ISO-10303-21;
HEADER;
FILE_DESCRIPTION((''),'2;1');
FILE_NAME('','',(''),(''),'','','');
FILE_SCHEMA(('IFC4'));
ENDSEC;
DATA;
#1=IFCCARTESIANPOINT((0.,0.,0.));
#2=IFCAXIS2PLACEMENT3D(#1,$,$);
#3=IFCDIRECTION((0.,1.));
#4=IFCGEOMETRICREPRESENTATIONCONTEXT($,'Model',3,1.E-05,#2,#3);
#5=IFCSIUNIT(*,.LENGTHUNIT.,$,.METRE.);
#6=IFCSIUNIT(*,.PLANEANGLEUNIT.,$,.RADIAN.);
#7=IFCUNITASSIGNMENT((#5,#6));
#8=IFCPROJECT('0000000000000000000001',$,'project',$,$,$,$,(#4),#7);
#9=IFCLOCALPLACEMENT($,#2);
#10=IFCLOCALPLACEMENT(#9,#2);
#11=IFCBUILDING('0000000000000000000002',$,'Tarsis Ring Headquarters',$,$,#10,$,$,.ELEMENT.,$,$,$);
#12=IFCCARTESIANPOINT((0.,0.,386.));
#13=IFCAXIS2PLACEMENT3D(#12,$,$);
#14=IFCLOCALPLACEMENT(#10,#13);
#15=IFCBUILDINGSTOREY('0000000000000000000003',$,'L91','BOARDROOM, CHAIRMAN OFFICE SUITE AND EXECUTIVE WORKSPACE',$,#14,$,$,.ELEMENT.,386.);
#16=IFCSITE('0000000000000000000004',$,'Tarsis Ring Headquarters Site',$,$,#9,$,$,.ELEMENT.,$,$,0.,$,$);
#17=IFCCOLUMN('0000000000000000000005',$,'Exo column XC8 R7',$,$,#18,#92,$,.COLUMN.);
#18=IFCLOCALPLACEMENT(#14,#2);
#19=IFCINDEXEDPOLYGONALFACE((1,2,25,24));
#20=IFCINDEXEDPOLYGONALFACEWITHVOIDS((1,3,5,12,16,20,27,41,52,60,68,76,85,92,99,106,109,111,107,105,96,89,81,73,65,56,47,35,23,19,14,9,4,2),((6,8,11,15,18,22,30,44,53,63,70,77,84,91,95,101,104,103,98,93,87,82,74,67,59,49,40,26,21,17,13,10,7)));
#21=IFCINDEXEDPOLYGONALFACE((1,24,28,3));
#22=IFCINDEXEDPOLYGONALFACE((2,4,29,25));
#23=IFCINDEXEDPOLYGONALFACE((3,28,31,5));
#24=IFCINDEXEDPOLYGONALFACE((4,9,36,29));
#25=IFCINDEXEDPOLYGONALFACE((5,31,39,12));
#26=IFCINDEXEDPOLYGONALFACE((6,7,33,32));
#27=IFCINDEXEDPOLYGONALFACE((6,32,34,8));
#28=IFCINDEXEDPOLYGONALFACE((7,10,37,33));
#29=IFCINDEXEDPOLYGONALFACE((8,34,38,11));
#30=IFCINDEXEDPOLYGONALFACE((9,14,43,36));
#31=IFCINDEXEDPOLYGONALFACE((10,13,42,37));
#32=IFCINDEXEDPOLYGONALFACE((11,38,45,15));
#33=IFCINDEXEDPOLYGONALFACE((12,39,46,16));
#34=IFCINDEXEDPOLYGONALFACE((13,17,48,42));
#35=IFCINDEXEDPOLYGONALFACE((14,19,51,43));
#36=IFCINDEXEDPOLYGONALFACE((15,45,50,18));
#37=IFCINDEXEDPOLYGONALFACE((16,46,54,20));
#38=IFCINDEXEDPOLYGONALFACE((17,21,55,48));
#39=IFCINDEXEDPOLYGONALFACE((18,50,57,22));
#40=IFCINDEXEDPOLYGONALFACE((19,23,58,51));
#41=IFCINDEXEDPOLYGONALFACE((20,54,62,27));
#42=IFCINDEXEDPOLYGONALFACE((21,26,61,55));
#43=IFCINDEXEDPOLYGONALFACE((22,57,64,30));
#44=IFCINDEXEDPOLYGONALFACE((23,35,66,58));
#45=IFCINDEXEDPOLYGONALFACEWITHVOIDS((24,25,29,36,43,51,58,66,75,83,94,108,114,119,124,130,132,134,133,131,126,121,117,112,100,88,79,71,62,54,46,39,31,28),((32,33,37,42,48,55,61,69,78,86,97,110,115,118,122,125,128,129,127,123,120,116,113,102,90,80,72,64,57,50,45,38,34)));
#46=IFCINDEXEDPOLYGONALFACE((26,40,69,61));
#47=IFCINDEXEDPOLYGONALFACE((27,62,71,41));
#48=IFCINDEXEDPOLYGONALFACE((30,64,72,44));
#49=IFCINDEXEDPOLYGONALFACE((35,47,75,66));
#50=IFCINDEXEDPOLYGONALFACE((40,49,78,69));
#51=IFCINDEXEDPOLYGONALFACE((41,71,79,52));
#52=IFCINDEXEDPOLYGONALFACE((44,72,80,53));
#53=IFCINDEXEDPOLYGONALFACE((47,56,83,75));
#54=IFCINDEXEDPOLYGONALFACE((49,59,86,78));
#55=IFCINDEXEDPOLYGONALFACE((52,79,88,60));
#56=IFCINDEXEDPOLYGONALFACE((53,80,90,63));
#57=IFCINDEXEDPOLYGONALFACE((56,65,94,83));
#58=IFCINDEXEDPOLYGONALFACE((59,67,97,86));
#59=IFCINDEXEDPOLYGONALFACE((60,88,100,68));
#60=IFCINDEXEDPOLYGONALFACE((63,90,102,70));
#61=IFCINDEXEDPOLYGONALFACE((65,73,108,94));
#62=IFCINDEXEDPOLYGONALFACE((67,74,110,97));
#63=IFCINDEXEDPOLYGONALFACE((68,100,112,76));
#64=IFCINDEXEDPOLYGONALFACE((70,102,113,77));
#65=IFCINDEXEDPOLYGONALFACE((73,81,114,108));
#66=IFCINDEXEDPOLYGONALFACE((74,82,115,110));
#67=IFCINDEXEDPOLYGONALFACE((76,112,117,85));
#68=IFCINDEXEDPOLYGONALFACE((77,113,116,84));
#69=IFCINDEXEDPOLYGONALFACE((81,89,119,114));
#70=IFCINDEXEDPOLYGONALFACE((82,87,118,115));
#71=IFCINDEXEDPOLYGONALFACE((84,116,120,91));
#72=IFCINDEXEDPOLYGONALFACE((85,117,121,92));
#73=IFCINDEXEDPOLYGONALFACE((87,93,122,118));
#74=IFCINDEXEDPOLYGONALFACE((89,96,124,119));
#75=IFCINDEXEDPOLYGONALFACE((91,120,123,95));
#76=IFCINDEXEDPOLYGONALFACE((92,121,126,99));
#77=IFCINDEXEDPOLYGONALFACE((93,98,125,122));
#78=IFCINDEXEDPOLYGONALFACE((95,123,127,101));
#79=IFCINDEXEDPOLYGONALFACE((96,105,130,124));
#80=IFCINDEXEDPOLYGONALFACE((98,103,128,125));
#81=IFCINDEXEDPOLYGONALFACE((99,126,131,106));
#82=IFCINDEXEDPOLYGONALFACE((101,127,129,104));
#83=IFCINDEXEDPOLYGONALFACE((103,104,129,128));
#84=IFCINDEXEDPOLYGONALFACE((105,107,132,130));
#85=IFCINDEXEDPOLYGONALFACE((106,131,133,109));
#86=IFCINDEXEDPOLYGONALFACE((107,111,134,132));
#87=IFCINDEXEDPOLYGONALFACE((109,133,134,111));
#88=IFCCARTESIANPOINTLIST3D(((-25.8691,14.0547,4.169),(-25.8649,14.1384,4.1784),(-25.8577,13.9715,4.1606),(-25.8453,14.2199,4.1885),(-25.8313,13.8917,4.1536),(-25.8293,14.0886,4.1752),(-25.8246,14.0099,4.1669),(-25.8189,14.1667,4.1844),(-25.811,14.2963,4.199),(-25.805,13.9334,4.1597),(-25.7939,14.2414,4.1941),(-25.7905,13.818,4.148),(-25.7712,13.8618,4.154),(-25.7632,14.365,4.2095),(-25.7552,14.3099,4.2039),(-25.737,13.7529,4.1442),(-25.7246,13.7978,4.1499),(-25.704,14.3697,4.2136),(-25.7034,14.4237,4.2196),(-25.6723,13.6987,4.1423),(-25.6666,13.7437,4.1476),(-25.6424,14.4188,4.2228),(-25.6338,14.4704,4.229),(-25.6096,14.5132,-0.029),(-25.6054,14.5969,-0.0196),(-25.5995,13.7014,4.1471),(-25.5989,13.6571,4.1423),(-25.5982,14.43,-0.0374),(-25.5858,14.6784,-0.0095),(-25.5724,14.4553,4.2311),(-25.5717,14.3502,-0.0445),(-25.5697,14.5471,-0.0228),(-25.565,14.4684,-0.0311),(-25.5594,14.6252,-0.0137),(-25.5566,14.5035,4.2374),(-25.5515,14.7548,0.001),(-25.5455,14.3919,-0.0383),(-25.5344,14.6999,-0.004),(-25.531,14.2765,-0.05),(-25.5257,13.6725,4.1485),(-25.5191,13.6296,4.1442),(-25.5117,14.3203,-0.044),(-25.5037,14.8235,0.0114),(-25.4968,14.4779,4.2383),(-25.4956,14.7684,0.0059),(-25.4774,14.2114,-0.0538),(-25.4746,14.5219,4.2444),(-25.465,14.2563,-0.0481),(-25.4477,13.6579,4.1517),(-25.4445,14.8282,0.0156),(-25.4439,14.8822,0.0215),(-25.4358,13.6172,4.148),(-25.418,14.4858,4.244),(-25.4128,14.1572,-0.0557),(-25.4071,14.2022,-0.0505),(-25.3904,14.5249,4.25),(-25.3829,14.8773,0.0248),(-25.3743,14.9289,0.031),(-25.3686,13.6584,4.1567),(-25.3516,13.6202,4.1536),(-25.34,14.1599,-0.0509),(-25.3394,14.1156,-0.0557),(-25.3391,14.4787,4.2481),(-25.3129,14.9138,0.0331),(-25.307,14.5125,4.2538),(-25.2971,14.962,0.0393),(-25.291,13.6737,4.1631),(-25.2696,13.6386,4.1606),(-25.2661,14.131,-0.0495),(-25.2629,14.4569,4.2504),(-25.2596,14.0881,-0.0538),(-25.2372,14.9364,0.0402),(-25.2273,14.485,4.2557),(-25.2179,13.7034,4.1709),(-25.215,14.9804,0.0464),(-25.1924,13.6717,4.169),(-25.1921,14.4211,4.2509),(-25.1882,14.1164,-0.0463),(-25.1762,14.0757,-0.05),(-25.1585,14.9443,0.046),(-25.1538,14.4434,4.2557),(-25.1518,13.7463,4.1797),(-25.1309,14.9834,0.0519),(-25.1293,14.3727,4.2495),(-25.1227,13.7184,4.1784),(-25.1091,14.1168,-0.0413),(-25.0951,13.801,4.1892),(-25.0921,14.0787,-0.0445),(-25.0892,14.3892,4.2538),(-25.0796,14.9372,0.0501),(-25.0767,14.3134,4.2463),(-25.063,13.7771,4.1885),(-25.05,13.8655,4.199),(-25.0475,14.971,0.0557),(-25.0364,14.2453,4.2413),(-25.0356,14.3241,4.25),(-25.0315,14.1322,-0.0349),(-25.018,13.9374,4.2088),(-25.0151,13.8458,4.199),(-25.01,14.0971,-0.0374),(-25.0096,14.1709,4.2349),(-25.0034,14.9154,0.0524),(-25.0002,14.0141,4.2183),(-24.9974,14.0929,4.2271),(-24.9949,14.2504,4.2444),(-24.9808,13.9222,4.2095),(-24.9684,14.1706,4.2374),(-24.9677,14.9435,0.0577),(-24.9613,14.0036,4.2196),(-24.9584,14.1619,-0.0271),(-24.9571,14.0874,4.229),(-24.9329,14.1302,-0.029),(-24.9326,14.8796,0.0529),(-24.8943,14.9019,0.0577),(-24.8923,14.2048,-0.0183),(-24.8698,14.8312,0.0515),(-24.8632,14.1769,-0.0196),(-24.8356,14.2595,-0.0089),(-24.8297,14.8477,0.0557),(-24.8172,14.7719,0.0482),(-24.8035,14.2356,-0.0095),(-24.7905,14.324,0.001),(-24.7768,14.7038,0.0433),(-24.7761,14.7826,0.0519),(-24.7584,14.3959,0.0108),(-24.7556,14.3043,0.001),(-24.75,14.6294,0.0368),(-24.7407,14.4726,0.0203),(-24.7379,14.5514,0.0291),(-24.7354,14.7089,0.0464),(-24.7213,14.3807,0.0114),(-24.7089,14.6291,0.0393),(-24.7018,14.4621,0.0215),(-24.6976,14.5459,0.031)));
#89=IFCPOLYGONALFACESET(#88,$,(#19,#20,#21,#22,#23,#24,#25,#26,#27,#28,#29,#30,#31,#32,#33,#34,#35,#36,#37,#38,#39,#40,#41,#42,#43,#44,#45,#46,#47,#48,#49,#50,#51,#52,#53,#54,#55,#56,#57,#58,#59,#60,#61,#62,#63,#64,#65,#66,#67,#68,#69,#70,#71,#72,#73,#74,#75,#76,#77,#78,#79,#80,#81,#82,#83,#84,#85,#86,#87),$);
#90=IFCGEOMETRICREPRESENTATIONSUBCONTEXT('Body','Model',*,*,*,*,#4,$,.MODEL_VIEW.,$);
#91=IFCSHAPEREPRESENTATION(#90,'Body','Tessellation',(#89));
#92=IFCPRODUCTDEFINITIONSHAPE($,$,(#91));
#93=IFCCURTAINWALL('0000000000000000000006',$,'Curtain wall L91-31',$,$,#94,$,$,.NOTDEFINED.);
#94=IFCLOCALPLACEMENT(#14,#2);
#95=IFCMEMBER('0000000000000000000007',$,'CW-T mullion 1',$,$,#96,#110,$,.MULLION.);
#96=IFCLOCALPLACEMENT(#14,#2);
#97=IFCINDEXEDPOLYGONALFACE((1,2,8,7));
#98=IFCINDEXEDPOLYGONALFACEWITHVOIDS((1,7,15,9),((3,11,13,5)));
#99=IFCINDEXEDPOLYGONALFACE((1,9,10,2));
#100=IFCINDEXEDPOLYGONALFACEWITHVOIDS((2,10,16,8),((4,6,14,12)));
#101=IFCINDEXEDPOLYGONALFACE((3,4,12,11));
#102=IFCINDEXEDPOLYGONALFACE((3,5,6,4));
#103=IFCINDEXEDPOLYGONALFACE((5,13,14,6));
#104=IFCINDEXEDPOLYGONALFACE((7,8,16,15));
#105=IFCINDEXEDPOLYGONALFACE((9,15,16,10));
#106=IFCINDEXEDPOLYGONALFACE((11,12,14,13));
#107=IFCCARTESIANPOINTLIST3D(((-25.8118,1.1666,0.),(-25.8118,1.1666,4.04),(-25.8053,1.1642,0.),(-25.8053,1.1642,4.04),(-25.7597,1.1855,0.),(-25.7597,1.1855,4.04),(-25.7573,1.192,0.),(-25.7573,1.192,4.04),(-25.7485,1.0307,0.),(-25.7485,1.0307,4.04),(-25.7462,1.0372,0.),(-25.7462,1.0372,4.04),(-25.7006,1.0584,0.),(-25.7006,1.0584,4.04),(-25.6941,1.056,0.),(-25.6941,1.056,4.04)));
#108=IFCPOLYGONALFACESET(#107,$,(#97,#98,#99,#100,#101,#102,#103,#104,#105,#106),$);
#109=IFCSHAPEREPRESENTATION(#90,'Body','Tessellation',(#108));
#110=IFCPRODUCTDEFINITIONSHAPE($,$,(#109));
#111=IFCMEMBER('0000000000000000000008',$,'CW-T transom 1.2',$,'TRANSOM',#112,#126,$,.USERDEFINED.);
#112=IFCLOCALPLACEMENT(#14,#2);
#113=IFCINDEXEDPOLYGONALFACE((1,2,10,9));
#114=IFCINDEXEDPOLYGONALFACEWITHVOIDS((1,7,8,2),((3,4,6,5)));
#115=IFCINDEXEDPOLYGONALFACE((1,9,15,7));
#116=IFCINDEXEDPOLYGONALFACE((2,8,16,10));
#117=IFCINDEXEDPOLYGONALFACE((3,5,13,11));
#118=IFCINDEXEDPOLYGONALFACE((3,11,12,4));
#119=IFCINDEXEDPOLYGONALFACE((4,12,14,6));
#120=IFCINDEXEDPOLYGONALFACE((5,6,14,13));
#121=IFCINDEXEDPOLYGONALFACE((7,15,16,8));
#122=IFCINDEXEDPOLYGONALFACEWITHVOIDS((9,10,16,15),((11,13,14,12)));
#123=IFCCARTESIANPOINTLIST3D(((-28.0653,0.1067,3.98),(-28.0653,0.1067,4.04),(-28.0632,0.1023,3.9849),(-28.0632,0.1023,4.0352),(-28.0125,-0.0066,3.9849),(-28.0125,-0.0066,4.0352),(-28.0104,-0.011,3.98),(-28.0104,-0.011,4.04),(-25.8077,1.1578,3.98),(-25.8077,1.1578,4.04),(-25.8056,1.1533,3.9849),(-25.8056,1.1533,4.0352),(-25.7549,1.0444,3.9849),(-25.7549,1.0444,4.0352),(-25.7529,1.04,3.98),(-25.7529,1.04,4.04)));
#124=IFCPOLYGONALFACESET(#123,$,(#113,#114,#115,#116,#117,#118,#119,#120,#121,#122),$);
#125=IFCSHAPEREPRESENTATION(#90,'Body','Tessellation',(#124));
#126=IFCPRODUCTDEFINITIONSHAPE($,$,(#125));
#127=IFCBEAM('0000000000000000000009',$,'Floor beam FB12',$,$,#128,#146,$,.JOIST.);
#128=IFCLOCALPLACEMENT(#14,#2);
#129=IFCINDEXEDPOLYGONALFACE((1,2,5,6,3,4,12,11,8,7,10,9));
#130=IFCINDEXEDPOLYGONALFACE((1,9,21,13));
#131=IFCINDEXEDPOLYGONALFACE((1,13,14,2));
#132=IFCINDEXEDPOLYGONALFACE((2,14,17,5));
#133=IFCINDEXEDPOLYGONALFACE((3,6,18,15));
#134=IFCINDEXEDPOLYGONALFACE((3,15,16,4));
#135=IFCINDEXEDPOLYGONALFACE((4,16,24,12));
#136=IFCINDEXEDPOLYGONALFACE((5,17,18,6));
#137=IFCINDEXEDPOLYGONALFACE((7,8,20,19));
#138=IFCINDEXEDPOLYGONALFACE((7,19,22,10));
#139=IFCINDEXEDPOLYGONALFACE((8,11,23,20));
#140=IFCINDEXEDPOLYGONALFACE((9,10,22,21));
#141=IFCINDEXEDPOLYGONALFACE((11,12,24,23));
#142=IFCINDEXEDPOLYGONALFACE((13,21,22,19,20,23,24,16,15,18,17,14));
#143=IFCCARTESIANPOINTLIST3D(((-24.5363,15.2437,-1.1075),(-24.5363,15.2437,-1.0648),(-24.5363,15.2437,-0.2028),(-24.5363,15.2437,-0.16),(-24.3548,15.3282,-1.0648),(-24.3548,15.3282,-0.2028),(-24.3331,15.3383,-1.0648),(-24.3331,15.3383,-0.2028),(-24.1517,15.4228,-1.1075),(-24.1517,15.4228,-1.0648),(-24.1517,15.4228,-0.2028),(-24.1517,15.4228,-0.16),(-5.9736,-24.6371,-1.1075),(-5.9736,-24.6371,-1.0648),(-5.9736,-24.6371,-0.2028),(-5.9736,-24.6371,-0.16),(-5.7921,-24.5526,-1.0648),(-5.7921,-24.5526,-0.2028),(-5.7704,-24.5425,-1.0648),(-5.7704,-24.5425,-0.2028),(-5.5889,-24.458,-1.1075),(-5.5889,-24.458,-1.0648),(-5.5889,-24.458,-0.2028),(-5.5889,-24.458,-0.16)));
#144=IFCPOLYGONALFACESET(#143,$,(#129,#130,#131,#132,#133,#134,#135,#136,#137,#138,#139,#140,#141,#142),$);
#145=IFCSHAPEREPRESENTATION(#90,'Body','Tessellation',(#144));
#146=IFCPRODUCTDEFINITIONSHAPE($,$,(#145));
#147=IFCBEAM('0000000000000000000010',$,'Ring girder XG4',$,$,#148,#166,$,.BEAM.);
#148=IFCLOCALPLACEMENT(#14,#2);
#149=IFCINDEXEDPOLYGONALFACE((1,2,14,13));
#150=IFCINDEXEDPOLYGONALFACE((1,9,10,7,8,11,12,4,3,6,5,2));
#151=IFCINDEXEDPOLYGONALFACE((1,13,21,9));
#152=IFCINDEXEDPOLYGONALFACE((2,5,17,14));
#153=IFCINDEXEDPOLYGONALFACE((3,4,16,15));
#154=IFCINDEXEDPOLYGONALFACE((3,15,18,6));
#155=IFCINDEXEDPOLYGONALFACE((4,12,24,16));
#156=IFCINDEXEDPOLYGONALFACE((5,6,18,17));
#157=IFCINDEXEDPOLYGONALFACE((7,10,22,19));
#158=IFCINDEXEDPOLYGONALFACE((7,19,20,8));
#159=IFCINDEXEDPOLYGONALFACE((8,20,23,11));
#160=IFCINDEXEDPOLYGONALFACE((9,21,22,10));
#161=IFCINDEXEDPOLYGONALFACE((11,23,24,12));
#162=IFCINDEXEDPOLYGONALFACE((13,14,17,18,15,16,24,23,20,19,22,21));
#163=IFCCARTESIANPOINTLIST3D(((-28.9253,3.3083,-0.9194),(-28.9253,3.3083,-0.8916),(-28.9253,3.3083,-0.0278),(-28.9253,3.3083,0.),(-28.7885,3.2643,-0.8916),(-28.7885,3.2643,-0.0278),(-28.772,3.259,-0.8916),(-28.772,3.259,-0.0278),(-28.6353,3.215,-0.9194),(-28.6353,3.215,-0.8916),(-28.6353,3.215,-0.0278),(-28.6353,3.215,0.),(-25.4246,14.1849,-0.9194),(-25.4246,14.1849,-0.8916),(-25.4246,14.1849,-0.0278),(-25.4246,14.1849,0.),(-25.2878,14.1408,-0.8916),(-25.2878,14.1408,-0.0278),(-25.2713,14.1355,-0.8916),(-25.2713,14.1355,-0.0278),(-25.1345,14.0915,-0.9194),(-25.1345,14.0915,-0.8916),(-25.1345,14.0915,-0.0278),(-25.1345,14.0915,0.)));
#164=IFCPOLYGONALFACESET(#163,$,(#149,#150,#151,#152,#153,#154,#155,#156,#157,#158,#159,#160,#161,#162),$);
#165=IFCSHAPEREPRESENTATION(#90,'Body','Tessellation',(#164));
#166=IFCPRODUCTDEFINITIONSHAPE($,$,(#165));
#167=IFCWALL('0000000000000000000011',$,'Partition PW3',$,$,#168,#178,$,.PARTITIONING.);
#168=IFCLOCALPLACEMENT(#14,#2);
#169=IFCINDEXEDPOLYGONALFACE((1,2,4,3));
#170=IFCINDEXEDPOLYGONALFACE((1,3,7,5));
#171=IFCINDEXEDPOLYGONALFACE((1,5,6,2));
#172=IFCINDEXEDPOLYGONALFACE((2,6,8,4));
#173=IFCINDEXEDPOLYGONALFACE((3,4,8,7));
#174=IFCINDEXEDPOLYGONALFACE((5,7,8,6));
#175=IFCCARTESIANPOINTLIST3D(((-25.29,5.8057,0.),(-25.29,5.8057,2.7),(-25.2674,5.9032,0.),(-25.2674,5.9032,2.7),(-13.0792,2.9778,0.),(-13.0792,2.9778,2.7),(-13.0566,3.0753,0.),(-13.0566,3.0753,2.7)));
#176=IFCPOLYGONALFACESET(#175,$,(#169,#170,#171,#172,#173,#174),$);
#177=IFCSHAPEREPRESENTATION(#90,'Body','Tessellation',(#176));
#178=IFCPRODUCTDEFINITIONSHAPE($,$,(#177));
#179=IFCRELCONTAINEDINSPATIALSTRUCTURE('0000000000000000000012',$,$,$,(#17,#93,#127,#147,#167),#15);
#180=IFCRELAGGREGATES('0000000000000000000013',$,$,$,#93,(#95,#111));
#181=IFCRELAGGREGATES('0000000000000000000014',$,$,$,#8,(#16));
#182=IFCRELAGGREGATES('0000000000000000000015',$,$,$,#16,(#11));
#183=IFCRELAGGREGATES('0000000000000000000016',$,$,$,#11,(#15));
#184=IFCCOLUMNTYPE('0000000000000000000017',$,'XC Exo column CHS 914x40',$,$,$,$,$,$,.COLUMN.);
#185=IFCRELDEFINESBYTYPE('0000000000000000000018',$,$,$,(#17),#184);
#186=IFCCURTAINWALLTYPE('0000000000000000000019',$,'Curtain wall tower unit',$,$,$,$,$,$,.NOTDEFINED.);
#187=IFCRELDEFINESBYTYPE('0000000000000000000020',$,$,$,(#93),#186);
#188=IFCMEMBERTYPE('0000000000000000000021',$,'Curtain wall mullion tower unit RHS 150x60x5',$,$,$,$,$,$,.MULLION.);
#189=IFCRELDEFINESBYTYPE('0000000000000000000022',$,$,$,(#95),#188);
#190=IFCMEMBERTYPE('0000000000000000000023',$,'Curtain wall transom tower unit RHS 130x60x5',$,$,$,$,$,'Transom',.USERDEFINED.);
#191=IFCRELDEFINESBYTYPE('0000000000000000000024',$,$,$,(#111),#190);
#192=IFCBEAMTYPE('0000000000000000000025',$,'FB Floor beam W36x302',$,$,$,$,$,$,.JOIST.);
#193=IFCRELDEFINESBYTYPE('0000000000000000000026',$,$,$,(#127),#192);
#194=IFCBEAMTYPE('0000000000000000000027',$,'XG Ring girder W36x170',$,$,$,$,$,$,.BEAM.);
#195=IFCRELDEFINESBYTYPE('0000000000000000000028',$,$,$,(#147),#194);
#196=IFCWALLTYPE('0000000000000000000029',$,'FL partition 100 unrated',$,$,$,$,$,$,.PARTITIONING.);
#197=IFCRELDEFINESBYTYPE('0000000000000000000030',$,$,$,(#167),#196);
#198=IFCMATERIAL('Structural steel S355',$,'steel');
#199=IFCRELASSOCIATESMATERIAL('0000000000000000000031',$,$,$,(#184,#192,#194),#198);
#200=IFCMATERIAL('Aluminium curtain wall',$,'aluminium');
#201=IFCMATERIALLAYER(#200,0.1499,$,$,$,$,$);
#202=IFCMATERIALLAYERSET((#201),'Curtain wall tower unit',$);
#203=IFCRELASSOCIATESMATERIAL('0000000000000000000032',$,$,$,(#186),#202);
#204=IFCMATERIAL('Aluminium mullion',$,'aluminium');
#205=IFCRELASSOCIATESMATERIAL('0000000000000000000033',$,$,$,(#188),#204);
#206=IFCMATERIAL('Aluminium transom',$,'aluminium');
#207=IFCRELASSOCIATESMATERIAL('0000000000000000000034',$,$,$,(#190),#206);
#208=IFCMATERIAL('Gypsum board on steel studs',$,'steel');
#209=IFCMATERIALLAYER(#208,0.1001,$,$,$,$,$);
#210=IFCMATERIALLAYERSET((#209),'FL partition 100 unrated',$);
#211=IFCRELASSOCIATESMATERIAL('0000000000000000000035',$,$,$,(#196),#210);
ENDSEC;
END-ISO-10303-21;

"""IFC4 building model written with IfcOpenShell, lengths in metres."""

from ifc_helpers import new_model, si_unit, direction, frame, frame_2d, origin, origin_2d, place, context, subcontext, project, spatial, rectangle, hollow_rectangle, hollow_circle, i_section, extrude, material, layer, layer_set, material_profile, profile_set, type_object, element, aggregate, save


model = new_model("IFC4")

# Units and contexts
model_context = context("Model", 3, precision=1e-05, world=origin(), true_north=direction((0.0, 1.0)))
body_context = subcontext(model_context, "Body", "Model", "MODEL_VIEW")
ifc_project = project(units=[si_unit("LENGTHUNIT", "METRE"), si_unit("PLANEANGLEUNIT", "RADIAN")], contexts=[model_context])

# Site, building, storey
site_placement = place(None, origin())
site = spatial("IfcSite", under=ifc_project, at=site_placement, Name="Tarsis Ring Headquarters Site", CompositionType="ELEMENT", RefElevation=0.0)
building_placement = place(site_placement, origin())
building = spatial("IfcBuilding", under=site, at=building_placement, Name="Tarsis Ring Headquarters", CompositionType="ELEMENT")
storey_placement = place(building_placement, frame((0.0, 0.0, 386.0)))
storey = spatial("IfcBuildingStorey", under=building, at=storey_placement, Name="L91", Description="BOARDROOM, CHAIRMAN OFFICE SUITE AND EXECUTIVE WORKSPACE", CompositionType="ELEMENT", Elevation=386.0)

# Column
ifc_material_1 = material(Name="Structural steel S355", Category="steel")
ifc_material_profile_1 = material_profile(ifc_material_1, hollow_circle(Radius=0.457, WallThickness=0.04, at=origin_2d()), Name="CHS 914x40")
ifc_profile_set_1 = profile_set([ifc_material_profile_1], Name="Structural steel S355")
column_type = type_object("IfcColumnType", Name="XC Exo column CHS 914x40", PredefinedType="COLUMN", material=ifc_profile_set_1)
column_placement = place(storey_placement, frame((-25.1536, 14.5295, 0.001), z_axis=(-0.061339, -0.108368, 0.992217), x_axis=(0.870261, -0.492592, 0.0)))
element("IfcColumn", 1, at=column_placement, inside=storey, type_object=column_type, Name="Exo column XC8 R7", PredefinedType="COLUMN", context=body_context, shape_type="SweptSolid", body=[
    extrude(hollow_circle(Radius=0.4573, WallThickness=0.04, at=origin_2d()), origin(), (0.0, 0.0, 1.0), 4.231),
])

# Curtain wall, members
ifc_material_2 = material(Name="Aluminium curtain wall", Category="aluminium")
ifc_layer_1 = layer(ifc_material_2, 0.1499)
ifc_layer_set_1 = layer_set([ifc_layer_1], Name="Curtain wall tower unit")
curtain_wall_type = type_object("IfcCurtainWallType", Name="Curtain wall tower unit", PredefinedType="NOTDEFINED", material=ifc_layer_set_1)
curtain_wall_placement = place(storey_placement, origin())
curtain_wall = element("IfcCurtainWall", 2, at=curtain_wall_placement, inside=storey, type_object=curtain_wall_type, Name="Curtain wall L91-31", PredefinedType="NOTDEFINED")
ifc_material_3 = material(Name="Aluminium mullion", Category="aluminium")
ifc_material_profile_2 = material_profile(ifc_material_3, hollow_rectangle(XDim=0.1499, YDim=0.0601, WallThickness=0.0049, at=origin_2d()), Name="RHS 150x60x5")
ifc_profile_set_2 = profile_set([ifc_material_profile_2], Name="Aluminium mullion")
member_type_1 = type_object("IfcMemberType", Name="Curtain wall mullion tower unit RHS 150x60x5", PredefinedType="MULLION", material=ifc_profile_set_2)
member_1_placement = place(storey_placement, frame((-25.7529, 1.1113, 0.0), z_axis=(0.0, 0.0, 1.0), x_axis=(0.421985, -0.906603, 0.0)))
member_1 = element("IfcMember", 3, at=member_1_placement, type_object=member_type_1, Name="CW-T mullion 1", PredefinedType="MULLION", context=body_context, shape_type="SweptSolid", body=[
    extrude(hollow_rectangle(XDim=0.1499, YDim=0.0601, WallThickness=0.0049, at=origin_2d()), origin(), (0.0, 0.0, 1.0), 4.04),
])
ifc_material_4 = material(Name="Aluminium transom", Category="aluminium")
ifc_material_profile_3 = material_profile(ifc_material_4, hollow_rectangle(XDim=0.1299, YDim=0.0601, WallThickness=0.0049, at=origin_2d()), Name="RHS 130x60x5")
ifc_profile_set_3 = profile_set([ifc_material_profile_3], Name="Aluminium transom")
member_type_2 = type_object("IfcMemberType", Name="Curtain wall transom tower unit RHS 130x60x5", ElementType="Transom", PredefinedType="USERDEFINED", material=ifc_profile_set_3)
member_2_placement = place(storey_placement, frame((-25.7803, 1.0989, 4.01), z_axis=(-0.906568, -0.422059, 0.0), x_axis=(0.422059, -0.906568, 0.0)))
member_2 = element("IfcMember", 4, at=member_2_placement, type_object=member_type_2, Name="CW-T transom 1.2", ObjectType="TRANSOM", PredefinedType="USERDEFINED", context=body_context, shape_type="SweptSolid", body=[
    extrude(hollow_rectangle(XDim=0.1299, YDim=0.0601, WallThickness=0.0049, at=origin_2d()), origin(), (0.0, 0.0, 1.0), 2.4902),
])
aggregate(curtain_wall, [member_1, member_2])

# Beams
ifc_material_profile_4 = material_profile(ifc_material_1, i_section(OverallWidth=0.4243, OverallDepth=0.9475, WebThickness=0.0239, FlangeThickness=0.0427, at=origin_2d()), Name="W36x302")
ifc_profile_set_4 = profile_set([ifc_material_profile_4], Name="Structural steel S355")
beam_type_1 = type_object("IfcBeamType", Name="FB Floor beam W36x302", PredefinedType="JOIST", material=ifc_profile_set_4)
beam_1_placement = place(storey_placement, frame((-24.344, 15.3333, -0.6338), z_axis=(0.421983, -0.906604, 0.0), x_axis=(0.906604, 0.421983, 0.0)))
element("IfcBeam", 5, at=beam_1_placement, inside=storey, type_object=beam_type_1, Name="Floor beam FB12", PredefinedType="JOIST", context=body_context, shape_type="SweptSolid", body=[
    extrude(i_section(OverallWidth=0.4243, OverallDepth=0.9475, WebThickness=0.0239, FlangeThickness=0.0427, at=origin_2d()), origin(), (0.0, 0.0, 1.0), 43.9893),
])
ifc_material_profile_5 = material_profile(ifc_material_1, i_section(OverallWidth=0.3047, OverallDepth=0.9194, WebThickness=0.0173, FlangeThickness=0.0278, at=origin_2d()), Name="W36x170")
ifc_profile_set_5 = profile_set([ifc_material_profile_5], Name="Structural steel S355")
beam_type_2 = type_object("IfcBeamType", Name="XG Ring girder W36x170", PredefinedType="BEAM", material=ifc_profile_set_5)
beam_2_placement = place(storey_placement, frame((-25.2795, 14.1382, -0.4597), z_axis=(-0.306384, -0.951908, 0.0), x_axis=(0.951908, -0.306384, 0.0)))
element("IfcBeam", 6, at=beam_2_placement, inside=storey, type_object=beam_type_2, Name="Ring girder XG4", PredefinedType="BEAM", context=body_context, shape_type="SweptSolid", body=[
    extrude(i_section(OverallWidth=0.3047, OverallDepth=0.9194, WebThickness=0.0173, FlangeThickness=0.0278, at=origin_2d()), origin(), (0.0, 0.0, 1.0), 11.426),
])

# Wall
ifc_material_5 = material(Name="Gypsum board on steel studs", Category="steel")
ifc_layer_2 = layer(ifc_material_5, 0.1001)
ifc_layer_set_2 = layer_set([ifc_layer_2], Name="FL partition 100 unrated")
wall_type_1 = type_object("IfcWallType", Name="FL partition 100 unrated", PredefinedType="PARTITIONING", material=ifc_layer_set_2)
wall_1_placement = place(storey_placement, frame((-25.2788, 5.8545, 0.0), z_axis=(0.0, 0.0, 1.0), x_axis=(0.974216, -0.225619, 0.0)))
element("IfcWall", 7, at=wall_1_placement, inside=storey, type_object=wall_type_1, Name="Partition PW3", PredefinedType="PARTITIONING", context=body_context, shape_type="SweptSolid", body=[
    extrude(rectangle(XDim=12.5339, YDim=0.1001, at=frame_2d((6.2671, 0.0))), origin(), (0.0, 0.0, 1.0), 2.7),
])

save(model, "model.ifc")
